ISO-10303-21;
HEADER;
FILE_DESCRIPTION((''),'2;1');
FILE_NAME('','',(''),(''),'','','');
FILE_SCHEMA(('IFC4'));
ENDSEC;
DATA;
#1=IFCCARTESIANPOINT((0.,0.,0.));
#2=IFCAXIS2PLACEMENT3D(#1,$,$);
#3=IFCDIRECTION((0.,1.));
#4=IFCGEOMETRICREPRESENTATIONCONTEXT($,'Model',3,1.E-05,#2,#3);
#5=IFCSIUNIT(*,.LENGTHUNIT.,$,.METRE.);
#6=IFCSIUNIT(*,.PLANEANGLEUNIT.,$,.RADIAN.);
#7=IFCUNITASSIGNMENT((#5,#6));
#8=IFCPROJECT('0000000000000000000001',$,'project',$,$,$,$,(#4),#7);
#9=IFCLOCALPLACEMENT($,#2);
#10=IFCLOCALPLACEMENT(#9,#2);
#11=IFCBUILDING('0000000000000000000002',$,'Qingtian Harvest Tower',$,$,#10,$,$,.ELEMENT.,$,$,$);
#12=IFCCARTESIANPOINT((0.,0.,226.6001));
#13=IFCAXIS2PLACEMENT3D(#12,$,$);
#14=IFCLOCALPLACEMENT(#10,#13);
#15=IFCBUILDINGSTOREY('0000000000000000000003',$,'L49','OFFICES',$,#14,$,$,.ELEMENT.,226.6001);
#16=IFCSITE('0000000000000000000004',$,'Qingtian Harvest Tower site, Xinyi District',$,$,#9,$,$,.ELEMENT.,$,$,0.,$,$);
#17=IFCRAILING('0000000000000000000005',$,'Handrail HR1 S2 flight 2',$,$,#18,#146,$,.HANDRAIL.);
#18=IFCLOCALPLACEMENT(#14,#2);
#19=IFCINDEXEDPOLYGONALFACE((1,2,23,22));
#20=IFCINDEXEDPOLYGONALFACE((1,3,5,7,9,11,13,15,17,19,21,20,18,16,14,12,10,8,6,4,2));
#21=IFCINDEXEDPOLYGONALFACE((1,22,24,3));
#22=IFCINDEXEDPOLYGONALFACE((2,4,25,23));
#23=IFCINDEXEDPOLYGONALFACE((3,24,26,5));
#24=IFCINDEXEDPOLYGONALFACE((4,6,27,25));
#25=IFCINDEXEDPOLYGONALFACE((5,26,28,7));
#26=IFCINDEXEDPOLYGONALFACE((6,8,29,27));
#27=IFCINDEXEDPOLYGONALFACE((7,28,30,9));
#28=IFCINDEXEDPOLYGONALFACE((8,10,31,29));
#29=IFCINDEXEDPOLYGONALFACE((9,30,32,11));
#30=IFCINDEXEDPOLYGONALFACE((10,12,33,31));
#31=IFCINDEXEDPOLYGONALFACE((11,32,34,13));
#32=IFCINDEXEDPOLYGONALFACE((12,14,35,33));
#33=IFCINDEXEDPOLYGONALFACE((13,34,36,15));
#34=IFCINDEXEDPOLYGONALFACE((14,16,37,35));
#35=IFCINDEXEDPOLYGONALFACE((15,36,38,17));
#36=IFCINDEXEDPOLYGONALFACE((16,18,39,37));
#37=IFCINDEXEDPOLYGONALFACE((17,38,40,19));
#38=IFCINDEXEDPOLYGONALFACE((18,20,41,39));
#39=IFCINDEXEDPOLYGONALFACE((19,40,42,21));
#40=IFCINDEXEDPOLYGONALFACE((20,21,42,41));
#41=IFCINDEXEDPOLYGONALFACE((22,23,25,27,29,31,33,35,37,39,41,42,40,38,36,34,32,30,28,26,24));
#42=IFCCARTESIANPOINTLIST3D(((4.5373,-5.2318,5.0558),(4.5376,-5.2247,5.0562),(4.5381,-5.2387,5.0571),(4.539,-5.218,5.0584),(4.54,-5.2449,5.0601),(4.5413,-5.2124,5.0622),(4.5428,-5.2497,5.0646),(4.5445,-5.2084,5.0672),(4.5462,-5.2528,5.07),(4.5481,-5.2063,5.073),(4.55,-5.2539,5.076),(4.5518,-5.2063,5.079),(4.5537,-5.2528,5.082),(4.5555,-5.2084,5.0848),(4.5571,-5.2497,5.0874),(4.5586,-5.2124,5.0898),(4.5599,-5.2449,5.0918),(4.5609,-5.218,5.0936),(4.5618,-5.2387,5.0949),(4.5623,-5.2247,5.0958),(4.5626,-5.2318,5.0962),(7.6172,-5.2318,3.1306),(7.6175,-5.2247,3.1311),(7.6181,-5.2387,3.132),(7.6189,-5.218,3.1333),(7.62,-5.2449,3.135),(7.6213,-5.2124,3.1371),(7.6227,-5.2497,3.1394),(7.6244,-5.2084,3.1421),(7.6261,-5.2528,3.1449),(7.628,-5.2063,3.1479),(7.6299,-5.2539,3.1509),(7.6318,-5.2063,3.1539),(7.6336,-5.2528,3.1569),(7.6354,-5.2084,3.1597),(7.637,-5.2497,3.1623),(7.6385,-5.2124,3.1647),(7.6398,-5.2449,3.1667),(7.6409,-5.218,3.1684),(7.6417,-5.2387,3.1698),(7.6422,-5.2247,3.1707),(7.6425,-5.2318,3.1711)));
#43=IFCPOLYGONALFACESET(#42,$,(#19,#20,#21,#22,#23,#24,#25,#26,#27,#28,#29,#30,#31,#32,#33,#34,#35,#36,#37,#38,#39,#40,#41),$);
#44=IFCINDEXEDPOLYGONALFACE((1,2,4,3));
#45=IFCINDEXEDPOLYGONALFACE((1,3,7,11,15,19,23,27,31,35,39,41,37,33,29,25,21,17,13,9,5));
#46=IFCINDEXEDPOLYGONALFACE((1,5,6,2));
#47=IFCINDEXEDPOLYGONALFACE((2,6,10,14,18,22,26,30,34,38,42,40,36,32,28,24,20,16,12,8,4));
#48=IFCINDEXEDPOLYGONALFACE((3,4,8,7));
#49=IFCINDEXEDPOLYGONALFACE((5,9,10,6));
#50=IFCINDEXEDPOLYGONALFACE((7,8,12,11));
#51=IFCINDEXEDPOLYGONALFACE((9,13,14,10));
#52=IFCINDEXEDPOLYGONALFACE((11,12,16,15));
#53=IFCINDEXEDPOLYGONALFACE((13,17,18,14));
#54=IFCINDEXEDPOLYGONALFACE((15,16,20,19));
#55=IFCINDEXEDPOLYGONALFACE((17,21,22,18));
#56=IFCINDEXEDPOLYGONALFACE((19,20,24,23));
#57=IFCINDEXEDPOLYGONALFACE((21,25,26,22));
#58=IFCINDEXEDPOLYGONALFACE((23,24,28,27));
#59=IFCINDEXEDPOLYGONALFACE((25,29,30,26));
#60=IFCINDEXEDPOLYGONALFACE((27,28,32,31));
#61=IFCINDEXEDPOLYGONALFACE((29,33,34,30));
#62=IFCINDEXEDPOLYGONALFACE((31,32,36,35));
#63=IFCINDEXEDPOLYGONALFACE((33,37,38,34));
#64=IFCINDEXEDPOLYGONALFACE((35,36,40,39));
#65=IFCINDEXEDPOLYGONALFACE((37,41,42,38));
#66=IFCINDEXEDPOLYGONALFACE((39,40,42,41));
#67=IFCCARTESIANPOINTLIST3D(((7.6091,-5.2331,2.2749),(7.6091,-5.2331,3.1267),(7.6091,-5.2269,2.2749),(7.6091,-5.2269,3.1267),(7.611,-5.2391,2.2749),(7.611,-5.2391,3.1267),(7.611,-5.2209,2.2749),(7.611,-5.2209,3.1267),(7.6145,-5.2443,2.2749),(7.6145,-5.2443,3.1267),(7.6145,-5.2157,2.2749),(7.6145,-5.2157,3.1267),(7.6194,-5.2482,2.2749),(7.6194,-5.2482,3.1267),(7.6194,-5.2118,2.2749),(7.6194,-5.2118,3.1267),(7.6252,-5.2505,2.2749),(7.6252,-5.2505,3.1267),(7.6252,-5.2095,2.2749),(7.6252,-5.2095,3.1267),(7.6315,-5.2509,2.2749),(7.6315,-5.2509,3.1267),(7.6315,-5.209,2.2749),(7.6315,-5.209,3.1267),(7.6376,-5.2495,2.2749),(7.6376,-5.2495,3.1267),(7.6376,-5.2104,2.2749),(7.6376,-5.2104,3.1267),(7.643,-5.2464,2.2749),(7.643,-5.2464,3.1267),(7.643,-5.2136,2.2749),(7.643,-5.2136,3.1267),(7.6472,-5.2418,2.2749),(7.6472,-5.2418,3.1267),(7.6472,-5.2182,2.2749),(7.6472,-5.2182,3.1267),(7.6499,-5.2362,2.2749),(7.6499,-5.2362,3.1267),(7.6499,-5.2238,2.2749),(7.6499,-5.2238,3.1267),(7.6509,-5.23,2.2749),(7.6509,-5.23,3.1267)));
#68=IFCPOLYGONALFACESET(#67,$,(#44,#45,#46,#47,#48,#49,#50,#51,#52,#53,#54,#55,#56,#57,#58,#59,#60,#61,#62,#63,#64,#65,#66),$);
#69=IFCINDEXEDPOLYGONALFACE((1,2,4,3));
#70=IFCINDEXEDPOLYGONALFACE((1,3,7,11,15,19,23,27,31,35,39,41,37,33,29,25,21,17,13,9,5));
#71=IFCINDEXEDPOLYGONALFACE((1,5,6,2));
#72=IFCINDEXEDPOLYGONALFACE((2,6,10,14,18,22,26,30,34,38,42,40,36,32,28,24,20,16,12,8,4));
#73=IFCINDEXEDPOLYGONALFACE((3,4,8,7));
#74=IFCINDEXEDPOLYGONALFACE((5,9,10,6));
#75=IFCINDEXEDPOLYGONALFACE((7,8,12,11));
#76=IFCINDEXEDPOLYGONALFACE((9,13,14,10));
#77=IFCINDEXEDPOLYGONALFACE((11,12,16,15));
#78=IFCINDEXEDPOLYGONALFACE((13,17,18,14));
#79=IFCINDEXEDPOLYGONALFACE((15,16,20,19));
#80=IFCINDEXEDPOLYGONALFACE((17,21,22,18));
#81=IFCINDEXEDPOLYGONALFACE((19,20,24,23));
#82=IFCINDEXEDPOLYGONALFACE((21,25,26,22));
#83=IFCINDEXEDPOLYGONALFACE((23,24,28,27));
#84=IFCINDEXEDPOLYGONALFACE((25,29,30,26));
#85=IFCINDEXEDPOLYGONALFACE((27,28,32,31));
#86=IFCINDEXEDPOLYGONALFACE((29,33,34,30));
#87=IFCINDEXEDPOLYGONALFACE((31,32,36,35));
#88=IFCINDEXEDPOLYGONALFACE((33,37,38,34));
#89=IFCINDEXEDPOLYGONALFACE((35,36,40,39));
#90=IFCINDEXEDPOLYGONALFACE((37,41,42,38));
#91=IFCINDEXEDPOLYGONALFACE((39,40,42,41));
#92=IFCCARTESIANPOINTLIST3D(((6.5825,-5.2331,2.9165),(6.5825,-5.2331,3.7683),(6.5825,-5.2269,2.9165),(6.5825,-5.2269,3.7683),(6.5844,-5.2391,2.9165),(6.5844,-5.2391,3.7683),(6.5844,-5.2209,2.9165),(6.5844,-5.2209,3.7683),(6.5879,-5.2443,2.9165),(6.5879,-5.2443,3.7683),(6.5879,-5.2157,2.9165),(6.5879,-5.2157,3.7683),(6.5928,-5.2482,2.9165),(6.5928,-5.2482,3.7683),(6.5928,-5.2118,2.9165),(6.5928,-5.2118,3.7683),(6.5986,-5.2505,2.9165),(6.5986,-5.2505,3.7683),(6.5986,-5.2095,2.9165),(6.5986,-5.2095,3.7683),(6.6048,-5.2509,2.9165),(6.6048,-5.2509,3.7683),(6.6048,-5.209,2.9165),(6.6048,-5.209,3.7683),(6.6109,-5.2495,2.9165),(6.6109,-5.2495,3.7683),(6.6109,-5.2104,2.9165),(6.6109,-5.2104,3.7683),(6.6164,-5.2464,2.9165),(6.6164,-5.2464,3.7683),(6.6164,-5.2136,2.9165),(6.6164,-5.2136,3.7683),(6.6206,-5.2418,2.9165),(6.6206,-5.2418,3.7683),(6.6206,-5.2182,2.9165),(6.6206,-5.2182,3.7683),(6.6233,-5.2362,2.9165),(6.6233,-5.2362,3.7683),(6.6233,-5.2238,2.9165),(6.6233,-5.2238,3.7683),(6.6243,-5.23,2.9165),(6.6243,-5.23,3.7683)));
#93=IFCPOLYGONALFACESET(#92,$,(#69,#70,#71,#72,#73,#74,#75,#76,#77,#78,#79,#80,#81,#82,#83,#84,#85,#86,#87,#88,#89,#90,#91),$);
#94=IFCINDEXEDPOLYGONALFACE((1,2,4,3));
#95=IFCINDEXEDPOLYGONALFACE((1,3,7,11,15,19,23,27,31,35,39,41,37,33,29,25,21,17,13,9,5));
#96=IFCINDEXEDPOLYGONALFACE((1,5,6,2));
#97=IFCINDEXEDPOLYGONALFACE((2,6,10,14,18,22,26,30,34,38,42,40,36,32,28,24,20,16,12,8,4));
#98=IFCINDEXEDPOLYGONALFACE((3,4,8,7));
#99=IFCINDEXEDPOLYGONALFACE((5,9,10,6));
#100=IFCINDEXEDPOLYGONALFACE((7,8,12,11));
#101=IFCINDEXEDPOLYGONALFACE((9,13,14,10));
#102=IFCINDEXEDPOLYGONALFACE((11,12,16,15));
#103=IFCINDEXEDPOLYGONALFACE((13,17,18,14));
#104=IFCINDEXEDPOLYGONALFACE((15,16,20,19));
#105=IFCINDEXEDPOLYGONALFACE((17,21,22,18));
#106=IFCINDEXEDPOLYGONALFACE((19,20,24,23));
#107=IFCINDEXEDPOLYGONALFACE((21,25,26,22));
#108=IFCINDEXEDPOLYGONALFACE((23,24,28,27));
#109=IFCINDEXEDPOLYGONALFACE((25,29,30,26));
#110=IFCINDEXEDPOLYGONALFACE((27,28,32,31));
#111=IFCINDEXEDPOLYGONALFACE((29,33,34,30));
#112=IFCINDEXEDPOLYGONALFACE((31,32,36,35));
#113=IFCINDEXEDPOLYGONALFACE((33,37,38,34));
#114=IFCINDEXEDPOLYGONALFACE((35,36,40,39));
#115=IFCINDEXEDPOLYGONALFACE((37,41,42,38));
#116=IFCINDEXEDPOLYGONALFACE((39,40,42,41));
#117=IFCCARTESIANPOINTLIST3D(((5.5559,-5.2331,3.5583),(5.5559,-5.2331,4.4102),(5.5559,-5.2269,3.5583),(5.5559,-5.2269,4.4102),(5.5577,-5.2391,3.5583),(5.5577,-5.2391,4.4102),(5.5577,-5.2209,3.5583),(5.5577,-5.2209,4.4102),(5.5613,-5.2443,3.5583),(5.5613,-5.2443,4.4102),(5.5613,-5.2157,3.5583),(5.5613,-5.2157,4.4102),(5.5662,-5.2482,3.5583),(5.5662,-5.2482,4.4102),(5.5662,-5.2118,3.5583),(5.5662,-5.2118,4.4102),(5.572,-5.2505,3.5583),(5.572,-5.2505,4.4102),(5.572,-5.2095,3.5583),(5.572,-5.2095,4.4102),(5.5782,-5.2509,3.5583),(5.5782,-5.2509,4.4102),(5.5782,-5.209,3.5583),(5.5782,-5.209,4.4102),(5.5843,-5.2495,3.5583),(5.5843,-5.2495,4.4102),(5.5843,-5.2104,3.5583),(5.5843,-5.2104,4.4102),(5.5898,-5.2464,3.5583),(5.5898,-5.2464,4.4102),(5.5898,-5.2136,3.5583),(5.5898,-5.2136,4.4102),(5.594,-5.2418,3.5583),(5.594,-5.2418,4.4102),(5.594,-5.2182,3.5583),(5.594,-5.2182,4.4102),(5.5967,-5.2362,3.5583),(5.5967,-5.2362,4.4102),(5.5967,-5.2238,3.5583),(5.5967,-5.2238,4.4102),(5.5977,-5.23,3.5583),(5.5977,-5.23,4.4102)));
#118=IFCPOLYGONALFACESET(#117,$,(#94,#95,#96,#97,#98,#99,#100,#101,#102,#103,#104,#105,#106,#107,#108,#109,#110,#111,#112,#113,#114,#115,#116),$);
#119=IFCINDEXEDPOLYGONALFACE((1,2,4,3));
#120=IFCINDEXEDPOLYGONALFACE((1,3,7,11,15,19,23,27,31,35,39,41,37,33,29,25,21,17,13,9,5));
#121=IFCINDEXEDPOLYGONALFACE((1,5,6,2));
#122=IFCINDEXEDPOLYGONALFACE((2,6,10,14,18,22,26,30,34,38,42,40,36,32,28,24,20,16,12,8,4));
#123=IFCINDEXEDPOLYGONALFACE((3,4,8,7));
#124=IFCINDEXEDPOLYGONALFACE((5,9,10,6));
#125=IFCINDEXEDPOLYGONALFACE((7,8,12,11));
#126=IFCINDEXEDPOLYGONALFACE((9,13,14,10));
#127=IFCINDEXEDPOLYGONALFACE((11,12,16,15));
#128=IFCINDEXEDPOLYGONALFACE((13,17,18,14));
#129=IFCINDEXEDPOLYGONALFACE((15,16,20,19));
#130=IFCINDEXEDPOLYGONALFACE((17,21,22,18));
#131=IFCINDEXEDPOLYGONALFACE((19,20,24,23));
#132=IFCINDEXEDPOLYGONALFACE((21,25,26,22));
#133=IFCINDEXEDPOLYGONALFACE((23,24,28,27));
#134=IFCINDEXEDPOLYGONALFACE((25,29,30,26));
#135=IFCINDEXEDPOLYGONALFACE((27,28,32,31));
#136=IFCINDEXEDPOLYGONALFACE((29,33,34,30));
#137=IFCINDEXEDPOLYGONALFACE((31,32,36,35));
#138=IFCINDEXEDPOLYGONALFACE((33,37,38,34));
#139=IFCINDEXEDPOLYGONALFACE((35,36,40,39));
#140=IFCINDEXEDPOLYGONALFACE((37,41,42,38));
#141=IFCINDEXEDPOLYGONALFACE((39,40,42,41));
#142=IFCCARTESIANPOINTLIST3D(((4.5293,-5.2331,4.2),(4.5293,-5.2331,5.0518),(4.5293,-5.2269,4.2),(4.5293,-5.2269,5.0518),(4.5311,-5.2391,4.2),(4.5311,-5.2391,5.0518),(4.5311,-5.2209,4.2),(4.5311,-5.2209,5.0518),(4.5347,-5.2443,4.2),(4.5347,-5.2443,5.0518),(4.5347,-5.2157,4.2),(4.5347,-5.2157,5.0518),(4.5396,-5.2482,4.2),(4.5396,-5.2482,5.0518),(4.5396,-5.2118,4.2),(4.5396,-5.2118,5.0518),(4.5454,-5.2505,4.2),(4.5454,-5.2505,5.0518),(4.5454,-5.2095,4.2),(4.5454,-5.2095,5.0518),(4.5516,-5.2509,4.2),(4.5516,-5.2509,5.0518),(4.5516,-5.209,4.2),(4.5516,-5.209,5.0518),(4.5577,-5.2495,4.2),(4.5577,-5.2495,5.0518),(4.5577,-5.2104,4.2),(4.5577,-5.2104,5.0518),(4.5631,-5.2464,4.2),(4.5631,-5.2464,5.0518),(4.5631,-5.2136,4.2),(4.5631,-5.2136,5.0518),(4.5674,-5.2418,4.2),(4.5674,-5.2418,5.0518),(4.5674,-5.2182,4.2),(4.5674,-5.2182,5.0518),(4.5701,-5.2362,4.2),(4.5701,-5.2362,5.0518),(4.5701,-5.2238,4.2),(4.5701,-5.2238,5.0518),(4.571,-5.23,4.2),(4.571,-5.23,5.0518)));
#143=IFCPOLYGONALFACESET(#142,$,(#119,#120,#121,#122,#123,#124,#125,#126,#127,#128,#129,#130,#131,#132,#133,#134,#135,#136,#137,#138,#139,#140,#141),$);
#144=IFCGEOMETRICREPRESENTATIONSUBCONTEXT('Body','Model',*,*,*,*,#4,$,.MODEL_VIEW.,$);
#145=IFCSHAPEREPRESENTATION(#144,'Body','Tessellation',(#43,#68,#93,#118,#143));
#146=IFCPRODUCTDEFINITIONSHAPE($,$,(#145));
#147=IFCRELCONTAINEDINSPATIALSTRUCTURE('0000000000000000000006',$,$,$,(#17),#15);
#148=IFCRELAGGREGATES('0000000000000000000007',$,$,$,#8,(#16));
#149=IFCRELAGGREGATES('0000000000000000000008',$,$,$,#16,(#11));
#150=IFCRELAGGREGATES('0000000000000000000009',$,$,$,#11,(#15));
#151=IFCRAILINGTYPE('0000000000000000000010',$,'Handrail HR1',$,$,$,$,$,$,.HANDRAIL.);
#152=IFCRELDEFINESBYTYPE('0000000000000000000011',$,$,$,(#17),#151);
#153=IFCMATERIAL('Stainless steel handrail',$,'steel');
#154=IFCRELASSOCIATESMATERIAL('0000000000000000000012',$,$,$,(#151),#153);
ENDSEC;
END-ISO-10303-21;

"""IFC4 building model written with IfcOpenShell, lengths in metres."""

from ifc_helpers import new_model, si_unit, direction, frame, origin, origin_2d, place, context, subcontext, project, spatial, circle, extrude, material, type_object, element, save


model = new_model("IFC4")

# Units and contexts
model_context = context("Model", 3, precision=1e-05, world=origin(), true_north=direction((0.0, 1.0)))
body_context = subcontext(model_context, "Body", "Model", "MODEL_VIEW")
ifc_project = project(units=[si_unit("LENGTHUNIT", "METRE"), si_unit("PLANEANGLEUNIT", "RADIAN")], contexts=[model_context])

# Site, building, storey
site_placement = place(None, origin())
site = spatial("IfcSite", under=ifc_project, at=site_placement, Name="Qingtian Harvest Tower site, Xinyi District", CompositionType="ELEMENT", RefElevation=0.0)
building_placement = place(site_placement, origin())
building = spatial("IfcBuilding", under=site, at=building_placement, Name="Qingtian Harvest Tower", CompositionType="ELEMENT")
storey_placement = place(building_placement, frame((0.0, 0.0, 226.6001)))
storey = spatial("IfcBuildingStorey", under=building, at=storey_placement, Name="L49", Description="OFFICES", CompositionType="ELEMENT", Elevation=226.6001)

# Railing
ifc_material_1 = material(Name="Stainless steel handrail", Category="steel")
railing_type = type_object("IfcRailingType", Name="Handrail HR1", PredefinedType="HANDRAIL", material=ifc_material_1)
railing_1_placement = place(storey_placement, frame((7.6299, -5.23, 2.2749)))
element("IfcRailing", 1, at=railing_1_placement, inside=storey, type_object=railing_type, Name="Handrail HR1 S2 flight 2", PredefinedType="HANDRAIL", context=body_context, shape_type="SweptSolid", body=[
    extrude(circle(Radius=0.0239, at=origin_2d()), frame((0.0, 0.0, 0.876), z_axis=(-0.847979, 0.0, 0.530029), x_axis=(0.0, -1.0, 0.0)), (0.0, 0.0, 1.0), 3.6321),
    extrude(circle(Radius=0.021, at=origin_2d()), origin(), (0.0, 0.0, 1.0), 0.8518),
    extrude(circle(Radius=0.021, at=origin_2d()), frame((-1.0266, 0.0, 0.6416)), (0.0, 0.0, 1.0), 0.8518),
    extrude(circle(Radius=0.021, at=origin_2d()), frame((-2.0532, 0.0, 1.2834)), (0.0, 0.0, 1.0), 0.8518),
    extrude(circle(Radius=0.021, at=origin_2d()), frame((-3.0798, 0.0, 1.925)), (0.0, 0.0, 1.0), 0.8518),
])

save(model, "model.ifc")
